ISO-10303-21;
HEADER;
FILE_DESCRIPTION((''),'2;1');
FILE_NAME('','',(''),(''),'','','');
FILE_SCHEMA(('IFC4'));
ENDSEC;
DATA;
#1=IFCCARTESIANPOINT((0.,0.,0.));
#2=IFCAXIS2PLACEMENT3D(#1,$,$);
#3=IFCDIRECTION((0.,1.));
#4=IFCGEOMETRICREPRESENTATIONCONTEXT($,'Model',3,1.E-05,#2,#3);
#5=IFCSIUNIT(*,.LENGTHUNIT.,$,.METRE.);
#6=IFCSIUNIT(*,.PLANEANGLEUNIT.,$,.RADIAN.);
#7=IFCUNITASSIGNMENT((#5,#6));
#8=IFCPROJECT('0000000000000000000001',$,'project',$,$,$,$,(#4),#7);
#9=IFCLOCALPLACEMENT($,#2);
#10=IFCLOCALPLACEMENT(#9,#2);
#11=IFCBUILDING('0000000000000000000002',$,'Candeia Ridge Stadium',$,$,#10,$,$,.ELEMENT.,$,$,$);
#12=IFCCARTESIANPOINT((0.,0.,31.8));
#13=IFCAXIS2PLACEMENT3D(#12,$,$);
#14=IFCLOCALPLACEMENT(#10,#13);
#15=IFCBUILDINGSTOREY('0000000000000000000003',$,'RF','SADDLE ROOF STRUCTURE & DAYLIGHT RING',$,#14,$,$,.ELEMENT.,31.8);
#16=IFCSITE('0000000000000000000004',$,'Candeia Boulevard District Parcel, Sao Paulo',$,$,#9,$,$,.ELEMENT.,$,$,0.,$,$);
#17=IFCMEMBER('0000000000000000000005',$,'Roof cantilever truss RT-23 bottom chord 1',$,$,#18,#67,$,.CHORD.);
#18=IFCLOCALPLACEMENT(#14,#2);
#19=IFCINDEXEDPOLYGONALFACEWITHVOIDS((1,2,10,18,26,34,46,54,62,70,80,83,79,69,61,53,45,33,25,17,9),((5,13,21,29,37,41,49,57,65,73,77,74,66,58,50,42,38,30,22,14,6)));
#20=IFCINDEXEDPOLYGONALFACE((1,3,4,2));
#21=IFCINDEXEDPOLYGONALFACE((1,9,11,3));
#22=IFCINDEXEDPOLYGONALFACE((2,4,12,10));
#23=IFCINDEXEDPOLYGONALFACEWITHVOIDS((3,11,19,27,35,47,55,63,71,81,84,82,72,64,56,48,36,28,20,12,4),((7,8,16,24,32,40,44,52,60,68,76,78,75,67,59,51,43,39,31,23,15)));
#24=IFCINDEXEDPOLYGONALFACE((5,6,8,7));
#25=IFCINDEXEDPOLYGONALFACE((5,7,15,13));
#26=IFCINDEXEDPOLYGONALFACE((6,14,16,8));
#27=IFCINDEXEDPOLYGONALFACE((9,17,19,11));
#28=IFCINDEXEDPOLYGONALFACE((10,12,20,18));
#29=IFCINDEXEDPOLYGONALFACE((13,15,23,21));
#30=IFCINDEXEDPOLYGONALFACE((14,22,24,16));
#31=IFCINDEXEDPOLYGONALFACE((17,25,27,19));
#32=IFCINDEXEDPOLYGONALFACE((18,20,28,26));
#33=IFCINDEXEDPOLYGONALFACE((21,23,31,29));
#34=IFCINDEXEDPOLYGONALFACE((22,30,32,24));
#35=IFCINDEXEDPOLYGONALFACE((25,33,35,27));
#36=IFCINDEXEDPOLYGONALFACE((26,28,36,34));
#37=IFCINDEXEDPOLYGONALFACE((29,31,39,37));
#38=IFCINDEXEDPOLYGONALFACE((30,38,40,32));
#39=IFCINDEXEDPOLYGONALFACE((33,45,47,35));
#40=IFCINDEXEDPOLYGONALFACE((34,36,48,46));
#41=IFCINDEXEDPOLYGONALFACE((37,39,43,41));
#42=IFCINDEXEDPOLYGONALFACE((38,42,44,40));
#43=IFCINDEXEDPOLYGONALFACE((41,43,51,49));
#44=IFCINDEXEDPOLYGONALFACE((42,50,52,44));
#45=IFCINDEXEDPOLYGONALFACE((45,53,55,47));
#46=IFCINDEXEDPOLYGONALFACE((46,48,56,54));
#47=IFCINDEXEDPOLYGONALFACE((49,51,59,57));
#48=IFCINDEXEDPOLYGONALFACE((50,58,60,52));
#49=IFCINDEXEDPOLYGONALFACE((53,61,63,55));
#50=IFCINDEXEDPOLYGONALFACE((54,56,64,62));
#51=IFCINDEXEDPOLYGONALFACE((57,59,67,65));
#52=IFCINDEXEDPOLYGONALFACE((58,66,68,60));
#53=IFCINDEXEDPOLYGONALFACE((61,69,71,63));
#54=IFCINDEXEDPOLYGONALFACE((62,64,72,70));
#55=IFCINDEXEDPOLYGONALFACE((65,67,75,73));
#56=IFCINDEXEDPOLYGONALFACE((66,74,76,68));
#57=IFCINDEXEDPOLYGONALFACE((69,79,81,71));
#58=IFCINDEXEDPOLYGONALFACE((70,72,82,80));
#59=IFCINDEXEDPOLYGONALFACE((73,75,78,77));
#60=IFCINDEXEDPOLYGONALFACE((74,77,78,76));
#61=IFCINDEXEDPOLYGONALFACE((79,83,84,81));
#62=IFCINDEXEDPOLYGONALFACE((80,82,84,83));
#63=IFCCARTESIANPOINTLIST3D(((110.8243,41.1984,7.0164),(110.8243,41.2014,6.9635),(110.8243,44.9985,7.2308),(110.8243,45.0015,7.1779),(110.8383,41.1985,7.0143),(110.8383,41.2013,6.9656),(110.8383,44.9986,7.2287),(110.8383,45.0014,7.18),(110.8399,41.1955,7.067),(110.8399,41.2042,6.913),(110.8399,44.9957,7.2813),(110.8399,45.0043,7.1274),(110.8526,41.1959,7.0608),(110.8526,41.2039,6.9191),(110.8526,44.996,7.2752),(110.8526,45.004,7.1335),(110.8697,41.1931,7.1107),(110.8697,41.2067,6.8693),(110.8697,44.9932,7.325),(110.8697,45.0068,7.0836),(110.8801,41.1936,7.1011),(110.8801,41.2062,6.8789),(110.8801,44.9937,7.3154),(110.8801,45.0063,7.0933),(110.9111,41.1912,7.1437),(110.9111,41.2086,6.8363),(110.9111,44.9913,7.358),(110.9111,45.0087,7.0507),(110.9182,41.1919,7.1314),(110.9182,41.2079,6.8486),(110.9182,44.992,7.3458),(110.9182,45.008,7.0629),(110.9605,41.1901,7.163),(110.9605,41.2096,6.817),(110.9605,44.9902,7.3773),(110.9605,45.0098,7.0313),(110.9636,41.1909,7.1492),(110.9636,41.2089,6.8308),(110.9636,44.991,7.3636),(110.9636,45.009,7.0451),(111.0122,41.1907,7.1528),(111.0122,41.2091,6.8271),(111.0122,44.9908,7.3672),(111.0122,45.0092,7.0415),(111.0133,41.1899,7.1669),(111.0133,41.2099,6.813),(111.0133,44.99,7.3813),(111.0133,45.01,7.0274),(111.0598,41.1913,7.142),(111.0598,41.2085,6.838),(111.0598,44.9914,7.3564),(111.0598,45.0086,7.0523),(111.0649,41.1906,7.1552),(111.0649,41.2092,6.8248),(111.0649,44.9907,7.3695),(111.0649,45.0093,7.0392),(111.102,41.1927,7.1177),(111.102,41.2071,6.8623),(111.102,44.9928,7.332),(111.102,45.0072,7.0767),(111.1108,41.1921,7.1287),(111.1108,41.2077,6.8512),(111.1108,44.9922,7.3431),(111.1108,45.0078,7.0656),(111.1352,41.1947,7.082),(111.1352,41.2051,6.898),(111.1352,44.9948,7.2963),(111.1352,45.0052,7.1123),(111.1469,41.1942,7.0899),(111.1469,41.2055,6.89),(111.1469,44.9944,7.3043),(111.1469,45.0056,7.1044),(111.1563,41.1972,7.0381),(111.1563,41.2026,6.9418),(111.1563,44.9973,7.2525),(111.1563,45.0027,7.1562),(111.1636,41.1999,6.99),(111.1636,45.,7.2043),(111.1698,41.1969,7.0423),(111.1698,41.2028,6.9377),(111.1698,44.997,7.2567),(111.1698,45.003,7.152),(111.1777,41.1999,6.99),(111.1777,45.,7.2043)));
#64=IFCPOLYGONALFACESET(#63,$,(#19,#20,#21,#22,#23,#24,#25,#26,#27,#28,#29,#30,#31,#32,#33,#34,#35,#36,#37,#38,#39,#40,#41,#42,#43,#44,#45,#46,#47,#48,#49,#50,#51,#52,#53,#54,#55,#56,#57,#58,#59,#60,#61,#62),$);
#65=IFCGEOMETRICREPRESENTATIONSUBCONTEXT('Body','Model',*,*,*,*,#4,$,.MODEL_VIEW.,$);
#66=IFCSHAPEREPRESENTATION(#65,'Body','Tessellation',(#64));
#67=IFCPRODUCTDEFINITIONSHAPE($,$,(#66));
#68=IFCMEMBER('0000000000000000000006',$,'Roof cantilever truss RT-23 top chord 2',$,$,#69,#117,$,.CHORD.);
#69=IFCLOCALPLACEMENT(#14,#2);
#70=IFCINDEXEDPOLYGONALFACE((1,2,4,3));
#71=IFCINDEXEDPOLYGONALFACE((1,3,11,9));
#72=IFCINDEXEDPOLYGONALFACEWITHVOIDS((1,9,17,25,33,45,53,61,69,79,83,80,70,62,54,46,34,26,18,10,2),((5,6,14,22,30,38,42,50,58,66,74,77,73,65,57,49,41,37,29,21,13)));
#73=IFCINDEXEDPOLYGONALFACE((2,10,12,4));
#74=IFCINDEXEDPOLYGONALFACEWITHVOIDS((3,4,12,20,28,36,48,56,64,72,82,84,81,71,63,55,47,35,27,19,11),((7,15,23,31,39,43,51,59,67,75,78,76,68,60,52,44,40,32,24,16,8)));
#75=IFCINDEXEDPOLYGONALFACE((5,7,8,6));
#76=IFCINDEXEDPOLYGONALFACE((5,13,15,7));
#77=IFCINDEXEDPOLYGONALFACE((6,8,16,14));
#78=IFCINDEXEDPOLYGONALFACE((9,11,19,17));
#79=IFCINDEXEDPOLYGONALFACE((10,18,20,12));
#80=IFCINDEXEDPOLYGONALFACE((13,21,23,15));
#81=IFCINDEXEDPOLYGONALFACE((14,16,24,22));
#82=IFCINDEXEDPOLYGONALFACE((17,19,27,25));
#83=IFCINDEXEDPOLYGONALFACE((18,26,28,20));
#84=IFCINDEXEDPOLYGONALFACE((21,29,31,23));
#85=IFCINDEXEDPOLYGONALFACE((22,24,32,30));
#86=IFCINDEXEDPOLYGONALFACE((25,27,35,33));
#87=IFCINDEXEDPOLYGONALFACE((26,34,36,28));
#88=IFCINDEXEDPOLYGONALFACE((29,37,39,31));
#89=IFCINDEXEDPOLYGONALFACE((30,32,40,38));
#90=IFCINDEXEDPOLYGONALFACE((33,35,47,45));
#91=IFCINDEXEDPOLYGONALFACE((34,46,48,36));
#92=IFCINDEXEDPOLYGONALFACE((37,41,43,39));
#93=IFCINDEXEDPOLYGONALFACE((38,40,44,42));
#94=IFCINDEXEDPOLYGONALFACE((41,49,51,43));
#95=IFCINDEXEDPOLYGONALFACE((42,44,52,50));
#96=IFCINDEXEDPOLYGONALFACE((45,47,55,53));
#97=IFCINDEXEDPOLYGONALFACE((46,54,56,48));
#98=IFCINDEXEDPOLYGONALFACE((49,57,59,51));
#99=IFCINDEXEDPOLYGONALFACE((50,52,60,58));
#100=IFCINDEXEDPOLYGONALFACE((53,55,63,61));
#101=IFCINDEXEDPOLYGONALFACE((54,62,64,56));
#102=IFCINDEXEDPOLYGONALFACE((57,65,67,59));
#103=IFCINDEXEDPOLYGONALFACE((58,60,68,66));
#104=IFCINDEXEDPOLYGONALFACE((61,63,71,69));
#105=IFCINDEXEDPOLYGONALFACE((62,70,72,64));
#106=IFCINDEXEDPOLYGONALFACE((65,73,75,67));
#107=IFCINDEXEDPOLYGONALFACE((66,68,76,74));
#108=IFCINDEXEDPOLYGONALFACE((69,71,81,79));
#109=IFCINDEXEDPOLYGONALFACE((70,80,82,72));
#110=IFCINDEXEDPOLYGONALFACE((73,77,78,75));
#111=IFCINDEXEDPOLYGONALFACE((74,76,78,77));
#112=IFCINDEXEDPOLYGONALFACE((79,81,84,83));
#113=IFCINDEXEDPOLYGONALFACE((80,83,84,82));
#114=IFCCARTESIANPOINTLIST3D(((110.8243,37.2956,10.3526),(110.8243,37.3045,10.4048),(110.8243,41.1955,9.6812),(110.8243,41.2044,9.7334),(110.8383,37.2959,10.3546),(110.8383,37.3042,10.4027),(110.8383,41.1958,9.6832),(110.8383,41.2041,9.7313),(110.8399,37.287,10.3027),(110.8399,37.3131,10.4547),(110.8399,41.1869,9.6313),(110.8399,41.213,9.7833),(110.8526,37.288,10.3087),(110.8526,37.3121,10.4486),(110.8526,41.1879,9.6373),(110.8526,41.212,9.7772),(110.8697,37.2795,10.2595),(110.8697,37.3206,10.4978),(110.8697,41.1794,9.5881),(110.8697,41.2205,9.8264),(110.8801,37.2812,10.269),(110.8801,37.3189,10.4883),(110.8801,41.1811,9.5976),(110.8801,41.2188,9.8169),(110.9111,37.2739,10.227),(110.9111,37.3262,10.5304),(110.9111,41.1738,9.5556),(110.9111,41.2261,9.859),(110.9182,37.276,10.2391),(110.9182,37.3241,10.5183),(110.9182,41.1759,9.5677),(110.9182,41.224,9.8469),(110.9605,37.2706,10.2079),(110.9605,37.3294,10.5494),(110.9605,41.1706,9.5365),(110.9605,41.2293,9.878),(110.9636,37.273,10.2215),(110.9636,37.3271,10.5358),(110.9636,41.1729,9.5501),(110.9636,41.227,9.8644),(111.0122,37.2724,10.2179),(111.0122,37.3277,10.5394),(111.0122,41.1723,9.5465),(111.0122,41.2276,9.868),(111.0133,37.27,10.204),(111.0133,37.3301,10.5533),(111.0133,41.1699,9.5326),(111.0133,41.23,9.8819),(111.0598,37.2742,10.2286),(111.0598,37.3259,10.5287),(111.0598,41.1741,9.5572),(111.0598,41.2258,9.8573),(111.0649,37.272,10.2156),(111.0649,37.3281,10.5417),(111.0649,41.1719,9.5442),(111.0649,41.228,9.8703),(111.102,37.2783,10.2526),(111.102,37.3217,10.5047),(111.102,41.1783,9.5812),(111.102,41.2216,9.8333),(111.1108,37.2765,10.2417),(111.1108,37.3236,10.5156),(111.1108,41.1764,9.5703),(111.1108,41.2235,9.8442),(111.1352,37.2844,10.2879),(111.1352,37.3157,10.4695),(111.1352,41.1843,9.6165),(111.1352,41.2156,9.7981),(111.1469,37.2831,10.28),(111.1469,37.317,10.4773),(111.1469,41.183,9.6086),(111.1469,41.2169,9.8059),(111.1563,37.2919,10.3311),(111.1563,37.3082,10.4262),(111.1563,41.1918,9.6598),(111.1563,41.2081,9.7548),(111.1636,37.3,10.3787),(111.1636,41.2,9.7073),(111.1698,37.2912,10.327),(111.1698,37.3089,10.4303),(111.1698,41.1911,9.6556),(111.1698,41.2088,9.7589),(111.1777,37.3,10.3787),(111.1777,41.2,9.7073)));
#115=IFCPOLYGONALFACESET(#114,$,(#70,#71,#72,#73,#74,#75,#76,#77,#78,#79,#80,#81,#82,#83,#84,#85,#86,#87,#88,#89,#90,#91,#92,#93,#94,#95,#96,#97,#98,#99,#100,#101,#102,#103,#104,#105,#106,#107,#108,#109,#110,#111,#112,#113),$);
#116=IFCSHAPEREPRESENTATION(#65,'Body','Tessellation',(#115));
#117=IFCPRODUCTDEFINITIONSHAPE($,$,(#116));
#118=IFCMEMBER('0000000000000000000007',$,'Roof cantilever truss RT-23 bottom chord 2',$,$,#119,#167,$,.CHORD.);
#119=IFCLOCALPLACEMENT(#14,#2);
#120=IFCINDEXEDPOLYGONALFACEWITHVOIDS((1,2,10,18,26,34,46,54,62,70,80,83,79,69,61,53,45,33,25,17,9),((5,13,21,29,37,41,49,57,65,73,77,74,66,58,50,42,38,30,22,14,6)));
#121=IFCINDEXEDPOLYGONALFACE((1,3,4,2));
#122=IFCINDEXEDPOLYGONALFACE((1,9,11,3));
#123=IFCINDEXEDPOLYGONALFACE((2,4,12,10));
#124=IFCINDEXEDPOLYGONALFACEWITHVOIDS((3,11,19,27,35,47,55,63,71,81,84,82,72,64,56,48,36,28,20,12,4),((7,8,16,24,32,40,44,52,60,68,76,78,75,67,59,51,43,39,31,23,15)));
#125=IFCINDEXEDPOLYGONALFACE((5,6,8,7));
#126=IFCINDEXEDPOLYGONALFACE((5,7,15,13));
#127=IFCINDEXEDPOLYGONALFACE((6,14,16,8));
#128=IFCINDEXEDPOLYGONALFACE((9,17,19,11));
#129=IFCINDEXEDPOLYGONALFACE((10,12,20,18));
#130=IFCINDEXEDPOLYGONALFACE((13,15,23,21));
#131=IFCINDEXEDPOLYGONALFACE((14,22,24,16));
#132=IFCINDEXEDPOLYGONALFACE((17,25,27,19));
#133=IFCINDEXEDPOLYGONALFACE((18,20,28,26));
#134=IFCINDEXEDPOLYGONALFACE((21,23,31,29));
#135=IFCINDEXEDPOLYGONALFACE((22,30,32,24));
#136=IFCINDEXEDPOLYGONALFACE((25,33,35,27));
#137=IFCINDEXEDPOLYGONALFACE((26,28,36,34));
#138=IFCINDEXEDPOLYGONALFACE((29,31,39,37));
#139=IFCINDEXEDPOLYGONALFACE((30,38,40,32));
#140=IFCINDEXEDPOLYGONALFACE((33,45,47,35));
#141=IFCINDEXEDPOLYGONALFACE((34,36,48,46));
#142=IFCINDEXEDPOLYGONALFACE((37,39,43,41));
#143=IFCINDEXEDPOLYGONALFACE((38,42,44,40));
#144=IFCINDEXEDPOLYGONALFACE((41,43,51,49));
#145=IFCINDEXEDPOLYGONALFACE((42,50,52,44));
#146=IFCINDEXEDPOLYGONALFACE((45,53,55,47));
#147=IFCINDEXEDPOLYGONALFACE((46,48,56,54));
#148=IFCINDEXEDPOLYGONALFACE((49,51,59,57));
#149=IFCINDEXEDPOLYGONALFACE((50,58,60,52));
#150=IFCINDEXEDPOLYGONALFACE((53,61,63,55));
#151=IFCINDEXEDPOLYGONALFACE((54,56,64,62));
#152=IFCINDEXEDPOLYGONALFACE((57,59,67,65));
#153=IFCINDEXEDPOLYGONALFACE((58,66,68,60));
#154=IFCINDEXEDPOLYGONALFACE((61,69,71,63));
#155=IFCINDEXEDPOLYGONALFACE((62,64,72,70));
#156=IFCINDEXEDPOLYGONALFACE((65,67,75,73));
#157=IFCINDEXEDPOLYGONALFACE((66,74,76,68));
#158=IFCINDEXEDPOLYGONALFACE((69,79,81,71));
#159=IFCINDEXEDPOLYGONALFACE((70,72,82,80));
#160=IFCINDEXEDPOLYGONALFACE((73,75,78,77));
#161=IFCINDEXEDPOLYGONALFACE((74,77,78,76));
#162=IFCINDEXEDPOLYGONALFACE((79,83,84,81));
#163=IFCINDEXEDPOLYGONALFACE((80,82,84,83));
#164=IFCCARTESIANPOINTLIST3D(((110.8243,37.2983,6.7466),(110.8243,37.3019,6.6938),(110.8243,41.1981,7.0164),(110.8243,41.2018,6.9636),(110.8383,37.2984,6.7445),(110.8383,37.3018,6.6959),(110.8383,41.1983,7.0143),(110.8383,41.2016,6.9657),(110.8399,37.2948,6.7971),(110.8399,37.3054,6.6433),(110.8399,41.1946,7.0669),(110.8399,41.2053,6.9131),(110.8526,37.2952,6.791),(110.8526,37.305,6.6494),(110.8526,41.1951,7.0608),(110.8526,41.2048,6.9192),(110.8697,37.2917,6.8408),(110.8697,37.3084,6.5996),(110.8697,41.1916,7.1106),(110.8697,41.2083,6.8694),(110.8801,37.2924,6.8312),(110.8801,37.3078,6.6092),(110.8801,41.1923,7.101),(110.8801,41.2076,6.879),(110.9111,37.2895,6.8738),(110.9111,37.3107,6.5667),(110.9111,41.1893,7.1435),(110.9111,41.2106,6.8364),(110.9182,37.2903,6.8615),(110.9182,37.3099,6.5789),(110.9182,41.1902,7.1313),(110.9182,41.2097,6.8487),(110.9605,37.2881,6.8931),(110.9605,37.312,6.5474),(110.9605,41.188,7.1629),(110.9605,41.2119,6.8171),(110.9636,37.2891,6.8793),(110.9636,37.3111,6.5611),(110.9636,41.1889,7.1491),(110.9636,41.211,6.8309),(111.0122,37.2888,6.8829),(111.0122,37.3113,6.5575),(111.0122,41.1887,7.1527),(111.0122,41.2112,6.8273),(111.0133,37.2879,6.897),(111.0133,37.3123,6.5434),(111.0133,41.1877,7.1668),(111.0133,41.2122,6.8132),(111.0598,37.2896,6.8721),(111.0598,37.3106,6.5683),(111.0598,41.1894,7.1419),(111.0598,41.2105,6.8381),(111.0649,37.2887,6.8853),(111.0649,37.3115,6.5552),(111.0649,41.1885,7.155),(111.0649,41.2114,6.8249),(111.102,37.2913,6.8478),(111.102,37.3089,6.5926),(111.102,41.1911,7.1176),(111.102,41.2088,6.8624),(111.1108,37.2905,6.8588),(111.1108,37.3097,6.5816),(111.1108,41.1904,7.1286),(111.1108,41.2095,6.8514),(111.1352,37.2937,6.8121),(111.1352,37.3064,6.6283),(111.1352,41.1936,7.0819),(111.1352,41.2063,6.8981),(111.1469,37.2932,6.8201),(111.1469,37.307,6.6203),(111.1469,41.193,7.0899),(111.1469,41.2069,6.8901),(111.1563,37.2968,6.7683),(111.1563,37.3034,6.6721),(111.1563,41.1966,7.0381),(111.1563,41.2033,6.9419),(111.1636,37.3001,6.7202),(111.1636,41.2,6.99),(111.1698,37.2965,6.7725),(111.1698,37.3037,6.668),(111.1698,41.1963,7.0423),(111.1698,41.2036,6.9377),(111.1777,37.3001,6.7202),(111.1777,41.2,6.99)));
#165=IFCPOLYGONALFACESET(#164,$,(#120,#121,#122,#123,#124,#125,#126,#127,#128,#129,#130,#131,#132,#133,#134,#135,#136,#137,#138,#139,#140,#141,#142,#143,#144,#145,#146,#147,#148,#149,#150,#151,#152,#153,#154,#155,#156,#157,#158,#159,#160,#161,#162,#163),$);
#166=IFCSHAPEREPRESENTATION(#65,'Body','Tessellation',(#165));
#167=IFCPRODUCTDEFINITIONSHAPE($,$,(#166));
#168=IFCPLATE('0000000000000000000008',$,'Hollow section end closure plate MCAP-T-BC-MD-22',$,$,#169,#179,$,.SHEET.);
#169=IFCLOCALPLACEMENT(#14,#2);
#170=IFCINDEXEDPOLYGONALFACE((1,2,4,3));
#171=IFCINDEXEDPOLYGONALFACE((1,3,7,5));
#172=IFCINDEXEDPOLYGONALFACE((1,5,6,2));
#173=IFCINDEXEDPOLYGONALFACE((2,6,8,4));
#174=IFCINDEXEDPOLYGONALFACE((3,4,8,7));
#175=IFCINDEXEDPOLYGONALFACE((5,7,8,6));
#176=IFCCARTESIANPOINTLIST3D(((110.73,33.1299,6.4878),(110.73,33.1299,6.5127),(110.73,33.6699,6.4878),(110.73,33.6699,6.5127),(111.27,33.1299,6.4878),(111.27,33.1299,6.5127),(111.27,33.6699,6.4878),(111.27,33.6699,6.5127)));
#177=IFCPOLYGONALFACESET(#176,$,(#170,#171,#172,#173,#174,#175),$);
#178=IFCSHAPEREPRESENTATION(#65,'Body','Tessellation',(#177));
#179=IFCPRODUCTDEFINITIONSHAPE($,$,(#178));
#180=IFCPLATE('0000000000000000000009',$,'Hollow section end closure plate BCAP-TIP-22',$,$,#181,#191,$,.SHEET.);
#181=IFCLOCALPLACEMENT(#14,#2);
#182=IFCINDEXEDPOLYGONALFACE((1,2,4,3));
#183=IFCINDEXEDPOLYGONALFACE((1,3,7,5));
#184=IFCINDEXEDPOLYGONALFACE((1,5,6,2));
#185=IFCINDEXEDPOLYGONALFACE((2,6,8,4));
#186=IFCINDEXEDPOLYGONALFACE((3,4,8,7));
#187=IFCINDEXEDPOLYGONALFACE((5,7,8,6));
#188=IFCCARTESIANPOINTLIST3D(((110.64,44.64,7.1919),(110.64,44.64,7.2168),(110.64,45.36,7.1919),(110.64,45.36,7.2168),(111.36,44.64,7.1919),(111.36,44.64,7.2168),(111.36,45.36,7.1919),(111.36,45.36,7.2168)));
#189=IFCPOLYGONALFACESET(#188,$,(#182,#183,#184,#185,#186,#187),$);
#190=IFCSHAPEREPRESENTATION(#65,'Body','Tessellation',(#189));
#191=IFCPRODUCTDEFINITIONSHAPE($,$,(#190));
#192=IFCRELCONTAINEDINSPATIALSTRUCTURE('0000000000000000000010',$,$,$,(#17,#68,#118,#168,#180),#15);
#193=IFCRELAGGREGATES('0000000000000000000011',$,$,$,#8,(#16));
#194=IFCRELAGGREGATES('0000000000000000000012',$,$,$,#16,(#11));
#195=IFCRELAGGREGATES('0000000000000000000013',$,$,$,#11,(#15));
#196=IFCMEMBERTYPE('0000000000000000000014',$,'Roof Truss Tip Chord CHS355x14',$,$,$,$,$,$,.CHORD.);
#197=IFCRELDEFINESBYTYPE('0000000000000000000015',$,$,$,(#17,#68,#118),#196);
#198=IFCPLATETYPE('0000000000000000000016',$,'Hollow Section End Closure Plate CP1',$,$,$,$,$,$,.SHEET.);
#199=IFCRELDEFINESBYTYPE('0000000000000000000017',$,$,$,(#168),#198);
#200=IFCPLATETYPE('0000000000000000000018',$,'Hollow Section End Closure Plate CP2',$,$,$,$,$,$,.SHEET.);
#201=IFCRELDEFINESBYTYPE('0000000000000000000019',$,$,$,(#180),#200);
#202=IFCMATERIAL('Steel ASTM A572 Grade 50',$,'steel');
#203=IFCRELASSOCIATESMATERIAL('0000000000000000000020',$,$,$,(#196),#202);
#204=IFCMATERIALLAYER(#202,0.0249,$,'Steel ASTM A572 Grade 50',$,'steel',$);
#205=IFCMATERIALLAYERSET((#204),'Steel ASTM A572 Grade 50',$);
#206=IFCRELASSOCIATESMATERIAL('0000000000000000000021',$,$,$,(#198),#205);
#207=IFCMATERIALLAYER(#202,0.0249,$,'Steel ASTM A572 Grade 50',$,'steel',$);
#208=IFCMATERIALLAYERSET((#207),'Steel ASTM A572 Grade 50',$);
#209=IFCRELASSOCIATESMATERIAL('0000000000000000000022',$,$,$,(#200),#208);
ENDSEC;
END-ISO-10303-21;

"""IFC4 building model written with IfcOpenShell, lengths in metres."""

from ifc_helpers import new_model, si_unit, direction, frame, origin, origin_2d, place, context, subcontext, project, spatial, rectangle, hollow_circle, extrude, material, layer, layer_set, material_profile, profile_set, type_object, element, save


model = new_model("IFC4")

# Units and contexts
model_context = context("Model", 3, precision=1e-05, world=origin(), true_north=direction((0.0, 1.0)))
body_context = subcontext(model_context, "Body", "Model", "MODEL_VIEW")
ifc_project = project(units=[si_unit("LENGTHUNIT", "METRE"), si_unit("PLANEANGLEUNIT", "RADIAN")], contexts=[model_context])

# Site, building, storey
site_placement = place(None, origin())
site = spatial("IfcSite", under=ifc_project, at=site_placement, Name="Candeia Boulevard District Parcel, Sao Paulo", CompositionType="ELEMENT", RefElevation=0.0)
building_placement = place(site_placement, origin())
building = spatial("IfcBuilding", under=site, at=building_placement, Name="Candeia Ridge Stadium", CompositionType="ELEMENT")
storey_placement = place(building_placement, frame((0.0, 0.0, 31.8)))
storey = spatial("IfcBuildingStorey", under=building, at=storey_placement, Name="RF", Description="SADDLE ROOF STRUCTURE & DAYLIGHT RING", CompositionType="ELEMENT", Elevation=31.8)

# Shared definitions
ifc_material_1 = material(Name="Steel ASTM A572 Grade 50", Category="steel")

# Members
ifc_material_profile_1 = material_profile(ifc_material_1, hollow_circle(Radius=0.1777, WallThickness=0.0142, at=origin_2d()), Name="CHS355x14", Category="steel")
ifc_profile_set_1 = profile_set([ifc_material_profile_1], Name="Steel ASTM A572 Grade 50")
member_type_1 = type_object("IfcMemberType", Name="Roof Truss Tip Chord CHS355x14", PredefinedType="CHORD", material=ifc_profile_set_1)
member_1_placement = place(storey_placement, frame((111.0, 45.0, 7.2043), z_axis=(0.0, -0.998413, -0.056319), x_axis=(1.0, 0.0, 0.0)))
element("IfcMember", 1, at=member_1_placement, inside=storey, type_object=member_type_1, Name="Roof cantilever truss RT-23 bottom chord 1", PredefinedType="CHORD", context=body_context, shape_type="SweptSolid", body=[
    extrude(hollow_circle(Radius=0.1777, WallThickness=0.0142, at=origin_2d()), origin(), (0.0, 0.0, 1.0), 3.8062),
])
member_2_placement = place(storey_placement, frame((111.0, 41.2, 9.7073), z_axis=(0.0, -0.985503, 0.169659), x_axis=(1.0, 0.0, 0.0)))
element("IfcMember", 2, at=member_2_placement, inside=storey, type_object=member_type_1, Name="Roof cantilever truss RT-23 top chord 2", PredefinedType="CHORD", context=body_context, shape_type="SweptSolid", body=[
    extrude(hollow_circle(Radius=0.1777, WallThickness=0.0142, at=origin_2d()), origin(), (0.0, 0.0, 1.0), 3.9573),
])
member_3_placement = place(storey_placement, frame((111.0, 41.2, 6.99), z_axis=(0.0, -0.997616, -0.06901), x_axis=(1.0, 0.0, 0.0)))
element("IfcMember", 3, at=member_3_placement, inside=storey, type_object=member_type_1, Name="Roof cantilever truss RT-23 bottom chord 2", PredefinedType="CHORD", context=body_context, shape_type="SweptSolid", body=[
    extrude(hollow_circle(Radius=0.1777, WallThickness=0.0142, at=origin_2d()), origin(), (0.0, 0.0, 1.0), 3.9092),
])

# Plates
ifc_layer_1 = layer(ifc_material_1, 0.0249, Name="Steel ASTM A572 Grade 50", Category="steel")
ifc_layer_set_1 = layer_set([ifc_layer_1], Name="Steel ASTM A572 Grade 50")
plate_type_1 = type_object("IfcPlateType", Name="Hollow Section End Closure Plate CP1", PredefinedType="SHEET", material=ifc_layer_set_1)
plate_1_placement = place(storey_placement, frame((111.0, 33.3999, 6.4878), z_axis=(0.0, 0.0, 1.0), x_axis=(1.0, 0.0, 0.0)))
element("IfcPlate", 4, at=plate_1_placement, inside=storey, type_object=plate_type_1, Name="Hollow section end closure plate MCAP-T-BC-MD-22", PredefinedType="SHEET", context=body_context, shape_type="SweptSolid", body=[
    extrude(rectangle(XDim=0.54, YDim=0.54, at=origin_2d()), origin(), (0.0, 0.0, 1.0), 0.0249),
])
ifc_layer_2 = layer(ifc_material_1, 0.0249, Name="Steel ASTM A572 Grade 50", Category="steel")
ifc_layer_set_2 = layer_set([ifc_layer_2], Name="Steel ASTM A572 Grade 50")
plate_type_2 = type_object("IfcPlateType", Name="Hollow Section End Closure Plate CP2", PredefinedType="SHEET", material=ifc_layer_set_2)
plate_2_placement = place(storey_placement, frame((111.0, 45.0, 7.1919), z_axis=(0.0, 0.0, 1.0), x_axis=(1.0, 0.0, 0.0)))
element("IfcPlate", 5, at=plate_2_placement, inside=storey, type_object=plate_type_2, Name="Hollow section end closure plate BCAP-TIP-22", PredefinedType="SHEET", context=body_context, shape_type="SweptSolid", body=[
    extrude(rectangle(XDim=0.72, YDim=0.72, at=origin_2d()), origin(), (0.0, 0.0, 1.0), 0.0249),
])

save(model, "model.ifc")
